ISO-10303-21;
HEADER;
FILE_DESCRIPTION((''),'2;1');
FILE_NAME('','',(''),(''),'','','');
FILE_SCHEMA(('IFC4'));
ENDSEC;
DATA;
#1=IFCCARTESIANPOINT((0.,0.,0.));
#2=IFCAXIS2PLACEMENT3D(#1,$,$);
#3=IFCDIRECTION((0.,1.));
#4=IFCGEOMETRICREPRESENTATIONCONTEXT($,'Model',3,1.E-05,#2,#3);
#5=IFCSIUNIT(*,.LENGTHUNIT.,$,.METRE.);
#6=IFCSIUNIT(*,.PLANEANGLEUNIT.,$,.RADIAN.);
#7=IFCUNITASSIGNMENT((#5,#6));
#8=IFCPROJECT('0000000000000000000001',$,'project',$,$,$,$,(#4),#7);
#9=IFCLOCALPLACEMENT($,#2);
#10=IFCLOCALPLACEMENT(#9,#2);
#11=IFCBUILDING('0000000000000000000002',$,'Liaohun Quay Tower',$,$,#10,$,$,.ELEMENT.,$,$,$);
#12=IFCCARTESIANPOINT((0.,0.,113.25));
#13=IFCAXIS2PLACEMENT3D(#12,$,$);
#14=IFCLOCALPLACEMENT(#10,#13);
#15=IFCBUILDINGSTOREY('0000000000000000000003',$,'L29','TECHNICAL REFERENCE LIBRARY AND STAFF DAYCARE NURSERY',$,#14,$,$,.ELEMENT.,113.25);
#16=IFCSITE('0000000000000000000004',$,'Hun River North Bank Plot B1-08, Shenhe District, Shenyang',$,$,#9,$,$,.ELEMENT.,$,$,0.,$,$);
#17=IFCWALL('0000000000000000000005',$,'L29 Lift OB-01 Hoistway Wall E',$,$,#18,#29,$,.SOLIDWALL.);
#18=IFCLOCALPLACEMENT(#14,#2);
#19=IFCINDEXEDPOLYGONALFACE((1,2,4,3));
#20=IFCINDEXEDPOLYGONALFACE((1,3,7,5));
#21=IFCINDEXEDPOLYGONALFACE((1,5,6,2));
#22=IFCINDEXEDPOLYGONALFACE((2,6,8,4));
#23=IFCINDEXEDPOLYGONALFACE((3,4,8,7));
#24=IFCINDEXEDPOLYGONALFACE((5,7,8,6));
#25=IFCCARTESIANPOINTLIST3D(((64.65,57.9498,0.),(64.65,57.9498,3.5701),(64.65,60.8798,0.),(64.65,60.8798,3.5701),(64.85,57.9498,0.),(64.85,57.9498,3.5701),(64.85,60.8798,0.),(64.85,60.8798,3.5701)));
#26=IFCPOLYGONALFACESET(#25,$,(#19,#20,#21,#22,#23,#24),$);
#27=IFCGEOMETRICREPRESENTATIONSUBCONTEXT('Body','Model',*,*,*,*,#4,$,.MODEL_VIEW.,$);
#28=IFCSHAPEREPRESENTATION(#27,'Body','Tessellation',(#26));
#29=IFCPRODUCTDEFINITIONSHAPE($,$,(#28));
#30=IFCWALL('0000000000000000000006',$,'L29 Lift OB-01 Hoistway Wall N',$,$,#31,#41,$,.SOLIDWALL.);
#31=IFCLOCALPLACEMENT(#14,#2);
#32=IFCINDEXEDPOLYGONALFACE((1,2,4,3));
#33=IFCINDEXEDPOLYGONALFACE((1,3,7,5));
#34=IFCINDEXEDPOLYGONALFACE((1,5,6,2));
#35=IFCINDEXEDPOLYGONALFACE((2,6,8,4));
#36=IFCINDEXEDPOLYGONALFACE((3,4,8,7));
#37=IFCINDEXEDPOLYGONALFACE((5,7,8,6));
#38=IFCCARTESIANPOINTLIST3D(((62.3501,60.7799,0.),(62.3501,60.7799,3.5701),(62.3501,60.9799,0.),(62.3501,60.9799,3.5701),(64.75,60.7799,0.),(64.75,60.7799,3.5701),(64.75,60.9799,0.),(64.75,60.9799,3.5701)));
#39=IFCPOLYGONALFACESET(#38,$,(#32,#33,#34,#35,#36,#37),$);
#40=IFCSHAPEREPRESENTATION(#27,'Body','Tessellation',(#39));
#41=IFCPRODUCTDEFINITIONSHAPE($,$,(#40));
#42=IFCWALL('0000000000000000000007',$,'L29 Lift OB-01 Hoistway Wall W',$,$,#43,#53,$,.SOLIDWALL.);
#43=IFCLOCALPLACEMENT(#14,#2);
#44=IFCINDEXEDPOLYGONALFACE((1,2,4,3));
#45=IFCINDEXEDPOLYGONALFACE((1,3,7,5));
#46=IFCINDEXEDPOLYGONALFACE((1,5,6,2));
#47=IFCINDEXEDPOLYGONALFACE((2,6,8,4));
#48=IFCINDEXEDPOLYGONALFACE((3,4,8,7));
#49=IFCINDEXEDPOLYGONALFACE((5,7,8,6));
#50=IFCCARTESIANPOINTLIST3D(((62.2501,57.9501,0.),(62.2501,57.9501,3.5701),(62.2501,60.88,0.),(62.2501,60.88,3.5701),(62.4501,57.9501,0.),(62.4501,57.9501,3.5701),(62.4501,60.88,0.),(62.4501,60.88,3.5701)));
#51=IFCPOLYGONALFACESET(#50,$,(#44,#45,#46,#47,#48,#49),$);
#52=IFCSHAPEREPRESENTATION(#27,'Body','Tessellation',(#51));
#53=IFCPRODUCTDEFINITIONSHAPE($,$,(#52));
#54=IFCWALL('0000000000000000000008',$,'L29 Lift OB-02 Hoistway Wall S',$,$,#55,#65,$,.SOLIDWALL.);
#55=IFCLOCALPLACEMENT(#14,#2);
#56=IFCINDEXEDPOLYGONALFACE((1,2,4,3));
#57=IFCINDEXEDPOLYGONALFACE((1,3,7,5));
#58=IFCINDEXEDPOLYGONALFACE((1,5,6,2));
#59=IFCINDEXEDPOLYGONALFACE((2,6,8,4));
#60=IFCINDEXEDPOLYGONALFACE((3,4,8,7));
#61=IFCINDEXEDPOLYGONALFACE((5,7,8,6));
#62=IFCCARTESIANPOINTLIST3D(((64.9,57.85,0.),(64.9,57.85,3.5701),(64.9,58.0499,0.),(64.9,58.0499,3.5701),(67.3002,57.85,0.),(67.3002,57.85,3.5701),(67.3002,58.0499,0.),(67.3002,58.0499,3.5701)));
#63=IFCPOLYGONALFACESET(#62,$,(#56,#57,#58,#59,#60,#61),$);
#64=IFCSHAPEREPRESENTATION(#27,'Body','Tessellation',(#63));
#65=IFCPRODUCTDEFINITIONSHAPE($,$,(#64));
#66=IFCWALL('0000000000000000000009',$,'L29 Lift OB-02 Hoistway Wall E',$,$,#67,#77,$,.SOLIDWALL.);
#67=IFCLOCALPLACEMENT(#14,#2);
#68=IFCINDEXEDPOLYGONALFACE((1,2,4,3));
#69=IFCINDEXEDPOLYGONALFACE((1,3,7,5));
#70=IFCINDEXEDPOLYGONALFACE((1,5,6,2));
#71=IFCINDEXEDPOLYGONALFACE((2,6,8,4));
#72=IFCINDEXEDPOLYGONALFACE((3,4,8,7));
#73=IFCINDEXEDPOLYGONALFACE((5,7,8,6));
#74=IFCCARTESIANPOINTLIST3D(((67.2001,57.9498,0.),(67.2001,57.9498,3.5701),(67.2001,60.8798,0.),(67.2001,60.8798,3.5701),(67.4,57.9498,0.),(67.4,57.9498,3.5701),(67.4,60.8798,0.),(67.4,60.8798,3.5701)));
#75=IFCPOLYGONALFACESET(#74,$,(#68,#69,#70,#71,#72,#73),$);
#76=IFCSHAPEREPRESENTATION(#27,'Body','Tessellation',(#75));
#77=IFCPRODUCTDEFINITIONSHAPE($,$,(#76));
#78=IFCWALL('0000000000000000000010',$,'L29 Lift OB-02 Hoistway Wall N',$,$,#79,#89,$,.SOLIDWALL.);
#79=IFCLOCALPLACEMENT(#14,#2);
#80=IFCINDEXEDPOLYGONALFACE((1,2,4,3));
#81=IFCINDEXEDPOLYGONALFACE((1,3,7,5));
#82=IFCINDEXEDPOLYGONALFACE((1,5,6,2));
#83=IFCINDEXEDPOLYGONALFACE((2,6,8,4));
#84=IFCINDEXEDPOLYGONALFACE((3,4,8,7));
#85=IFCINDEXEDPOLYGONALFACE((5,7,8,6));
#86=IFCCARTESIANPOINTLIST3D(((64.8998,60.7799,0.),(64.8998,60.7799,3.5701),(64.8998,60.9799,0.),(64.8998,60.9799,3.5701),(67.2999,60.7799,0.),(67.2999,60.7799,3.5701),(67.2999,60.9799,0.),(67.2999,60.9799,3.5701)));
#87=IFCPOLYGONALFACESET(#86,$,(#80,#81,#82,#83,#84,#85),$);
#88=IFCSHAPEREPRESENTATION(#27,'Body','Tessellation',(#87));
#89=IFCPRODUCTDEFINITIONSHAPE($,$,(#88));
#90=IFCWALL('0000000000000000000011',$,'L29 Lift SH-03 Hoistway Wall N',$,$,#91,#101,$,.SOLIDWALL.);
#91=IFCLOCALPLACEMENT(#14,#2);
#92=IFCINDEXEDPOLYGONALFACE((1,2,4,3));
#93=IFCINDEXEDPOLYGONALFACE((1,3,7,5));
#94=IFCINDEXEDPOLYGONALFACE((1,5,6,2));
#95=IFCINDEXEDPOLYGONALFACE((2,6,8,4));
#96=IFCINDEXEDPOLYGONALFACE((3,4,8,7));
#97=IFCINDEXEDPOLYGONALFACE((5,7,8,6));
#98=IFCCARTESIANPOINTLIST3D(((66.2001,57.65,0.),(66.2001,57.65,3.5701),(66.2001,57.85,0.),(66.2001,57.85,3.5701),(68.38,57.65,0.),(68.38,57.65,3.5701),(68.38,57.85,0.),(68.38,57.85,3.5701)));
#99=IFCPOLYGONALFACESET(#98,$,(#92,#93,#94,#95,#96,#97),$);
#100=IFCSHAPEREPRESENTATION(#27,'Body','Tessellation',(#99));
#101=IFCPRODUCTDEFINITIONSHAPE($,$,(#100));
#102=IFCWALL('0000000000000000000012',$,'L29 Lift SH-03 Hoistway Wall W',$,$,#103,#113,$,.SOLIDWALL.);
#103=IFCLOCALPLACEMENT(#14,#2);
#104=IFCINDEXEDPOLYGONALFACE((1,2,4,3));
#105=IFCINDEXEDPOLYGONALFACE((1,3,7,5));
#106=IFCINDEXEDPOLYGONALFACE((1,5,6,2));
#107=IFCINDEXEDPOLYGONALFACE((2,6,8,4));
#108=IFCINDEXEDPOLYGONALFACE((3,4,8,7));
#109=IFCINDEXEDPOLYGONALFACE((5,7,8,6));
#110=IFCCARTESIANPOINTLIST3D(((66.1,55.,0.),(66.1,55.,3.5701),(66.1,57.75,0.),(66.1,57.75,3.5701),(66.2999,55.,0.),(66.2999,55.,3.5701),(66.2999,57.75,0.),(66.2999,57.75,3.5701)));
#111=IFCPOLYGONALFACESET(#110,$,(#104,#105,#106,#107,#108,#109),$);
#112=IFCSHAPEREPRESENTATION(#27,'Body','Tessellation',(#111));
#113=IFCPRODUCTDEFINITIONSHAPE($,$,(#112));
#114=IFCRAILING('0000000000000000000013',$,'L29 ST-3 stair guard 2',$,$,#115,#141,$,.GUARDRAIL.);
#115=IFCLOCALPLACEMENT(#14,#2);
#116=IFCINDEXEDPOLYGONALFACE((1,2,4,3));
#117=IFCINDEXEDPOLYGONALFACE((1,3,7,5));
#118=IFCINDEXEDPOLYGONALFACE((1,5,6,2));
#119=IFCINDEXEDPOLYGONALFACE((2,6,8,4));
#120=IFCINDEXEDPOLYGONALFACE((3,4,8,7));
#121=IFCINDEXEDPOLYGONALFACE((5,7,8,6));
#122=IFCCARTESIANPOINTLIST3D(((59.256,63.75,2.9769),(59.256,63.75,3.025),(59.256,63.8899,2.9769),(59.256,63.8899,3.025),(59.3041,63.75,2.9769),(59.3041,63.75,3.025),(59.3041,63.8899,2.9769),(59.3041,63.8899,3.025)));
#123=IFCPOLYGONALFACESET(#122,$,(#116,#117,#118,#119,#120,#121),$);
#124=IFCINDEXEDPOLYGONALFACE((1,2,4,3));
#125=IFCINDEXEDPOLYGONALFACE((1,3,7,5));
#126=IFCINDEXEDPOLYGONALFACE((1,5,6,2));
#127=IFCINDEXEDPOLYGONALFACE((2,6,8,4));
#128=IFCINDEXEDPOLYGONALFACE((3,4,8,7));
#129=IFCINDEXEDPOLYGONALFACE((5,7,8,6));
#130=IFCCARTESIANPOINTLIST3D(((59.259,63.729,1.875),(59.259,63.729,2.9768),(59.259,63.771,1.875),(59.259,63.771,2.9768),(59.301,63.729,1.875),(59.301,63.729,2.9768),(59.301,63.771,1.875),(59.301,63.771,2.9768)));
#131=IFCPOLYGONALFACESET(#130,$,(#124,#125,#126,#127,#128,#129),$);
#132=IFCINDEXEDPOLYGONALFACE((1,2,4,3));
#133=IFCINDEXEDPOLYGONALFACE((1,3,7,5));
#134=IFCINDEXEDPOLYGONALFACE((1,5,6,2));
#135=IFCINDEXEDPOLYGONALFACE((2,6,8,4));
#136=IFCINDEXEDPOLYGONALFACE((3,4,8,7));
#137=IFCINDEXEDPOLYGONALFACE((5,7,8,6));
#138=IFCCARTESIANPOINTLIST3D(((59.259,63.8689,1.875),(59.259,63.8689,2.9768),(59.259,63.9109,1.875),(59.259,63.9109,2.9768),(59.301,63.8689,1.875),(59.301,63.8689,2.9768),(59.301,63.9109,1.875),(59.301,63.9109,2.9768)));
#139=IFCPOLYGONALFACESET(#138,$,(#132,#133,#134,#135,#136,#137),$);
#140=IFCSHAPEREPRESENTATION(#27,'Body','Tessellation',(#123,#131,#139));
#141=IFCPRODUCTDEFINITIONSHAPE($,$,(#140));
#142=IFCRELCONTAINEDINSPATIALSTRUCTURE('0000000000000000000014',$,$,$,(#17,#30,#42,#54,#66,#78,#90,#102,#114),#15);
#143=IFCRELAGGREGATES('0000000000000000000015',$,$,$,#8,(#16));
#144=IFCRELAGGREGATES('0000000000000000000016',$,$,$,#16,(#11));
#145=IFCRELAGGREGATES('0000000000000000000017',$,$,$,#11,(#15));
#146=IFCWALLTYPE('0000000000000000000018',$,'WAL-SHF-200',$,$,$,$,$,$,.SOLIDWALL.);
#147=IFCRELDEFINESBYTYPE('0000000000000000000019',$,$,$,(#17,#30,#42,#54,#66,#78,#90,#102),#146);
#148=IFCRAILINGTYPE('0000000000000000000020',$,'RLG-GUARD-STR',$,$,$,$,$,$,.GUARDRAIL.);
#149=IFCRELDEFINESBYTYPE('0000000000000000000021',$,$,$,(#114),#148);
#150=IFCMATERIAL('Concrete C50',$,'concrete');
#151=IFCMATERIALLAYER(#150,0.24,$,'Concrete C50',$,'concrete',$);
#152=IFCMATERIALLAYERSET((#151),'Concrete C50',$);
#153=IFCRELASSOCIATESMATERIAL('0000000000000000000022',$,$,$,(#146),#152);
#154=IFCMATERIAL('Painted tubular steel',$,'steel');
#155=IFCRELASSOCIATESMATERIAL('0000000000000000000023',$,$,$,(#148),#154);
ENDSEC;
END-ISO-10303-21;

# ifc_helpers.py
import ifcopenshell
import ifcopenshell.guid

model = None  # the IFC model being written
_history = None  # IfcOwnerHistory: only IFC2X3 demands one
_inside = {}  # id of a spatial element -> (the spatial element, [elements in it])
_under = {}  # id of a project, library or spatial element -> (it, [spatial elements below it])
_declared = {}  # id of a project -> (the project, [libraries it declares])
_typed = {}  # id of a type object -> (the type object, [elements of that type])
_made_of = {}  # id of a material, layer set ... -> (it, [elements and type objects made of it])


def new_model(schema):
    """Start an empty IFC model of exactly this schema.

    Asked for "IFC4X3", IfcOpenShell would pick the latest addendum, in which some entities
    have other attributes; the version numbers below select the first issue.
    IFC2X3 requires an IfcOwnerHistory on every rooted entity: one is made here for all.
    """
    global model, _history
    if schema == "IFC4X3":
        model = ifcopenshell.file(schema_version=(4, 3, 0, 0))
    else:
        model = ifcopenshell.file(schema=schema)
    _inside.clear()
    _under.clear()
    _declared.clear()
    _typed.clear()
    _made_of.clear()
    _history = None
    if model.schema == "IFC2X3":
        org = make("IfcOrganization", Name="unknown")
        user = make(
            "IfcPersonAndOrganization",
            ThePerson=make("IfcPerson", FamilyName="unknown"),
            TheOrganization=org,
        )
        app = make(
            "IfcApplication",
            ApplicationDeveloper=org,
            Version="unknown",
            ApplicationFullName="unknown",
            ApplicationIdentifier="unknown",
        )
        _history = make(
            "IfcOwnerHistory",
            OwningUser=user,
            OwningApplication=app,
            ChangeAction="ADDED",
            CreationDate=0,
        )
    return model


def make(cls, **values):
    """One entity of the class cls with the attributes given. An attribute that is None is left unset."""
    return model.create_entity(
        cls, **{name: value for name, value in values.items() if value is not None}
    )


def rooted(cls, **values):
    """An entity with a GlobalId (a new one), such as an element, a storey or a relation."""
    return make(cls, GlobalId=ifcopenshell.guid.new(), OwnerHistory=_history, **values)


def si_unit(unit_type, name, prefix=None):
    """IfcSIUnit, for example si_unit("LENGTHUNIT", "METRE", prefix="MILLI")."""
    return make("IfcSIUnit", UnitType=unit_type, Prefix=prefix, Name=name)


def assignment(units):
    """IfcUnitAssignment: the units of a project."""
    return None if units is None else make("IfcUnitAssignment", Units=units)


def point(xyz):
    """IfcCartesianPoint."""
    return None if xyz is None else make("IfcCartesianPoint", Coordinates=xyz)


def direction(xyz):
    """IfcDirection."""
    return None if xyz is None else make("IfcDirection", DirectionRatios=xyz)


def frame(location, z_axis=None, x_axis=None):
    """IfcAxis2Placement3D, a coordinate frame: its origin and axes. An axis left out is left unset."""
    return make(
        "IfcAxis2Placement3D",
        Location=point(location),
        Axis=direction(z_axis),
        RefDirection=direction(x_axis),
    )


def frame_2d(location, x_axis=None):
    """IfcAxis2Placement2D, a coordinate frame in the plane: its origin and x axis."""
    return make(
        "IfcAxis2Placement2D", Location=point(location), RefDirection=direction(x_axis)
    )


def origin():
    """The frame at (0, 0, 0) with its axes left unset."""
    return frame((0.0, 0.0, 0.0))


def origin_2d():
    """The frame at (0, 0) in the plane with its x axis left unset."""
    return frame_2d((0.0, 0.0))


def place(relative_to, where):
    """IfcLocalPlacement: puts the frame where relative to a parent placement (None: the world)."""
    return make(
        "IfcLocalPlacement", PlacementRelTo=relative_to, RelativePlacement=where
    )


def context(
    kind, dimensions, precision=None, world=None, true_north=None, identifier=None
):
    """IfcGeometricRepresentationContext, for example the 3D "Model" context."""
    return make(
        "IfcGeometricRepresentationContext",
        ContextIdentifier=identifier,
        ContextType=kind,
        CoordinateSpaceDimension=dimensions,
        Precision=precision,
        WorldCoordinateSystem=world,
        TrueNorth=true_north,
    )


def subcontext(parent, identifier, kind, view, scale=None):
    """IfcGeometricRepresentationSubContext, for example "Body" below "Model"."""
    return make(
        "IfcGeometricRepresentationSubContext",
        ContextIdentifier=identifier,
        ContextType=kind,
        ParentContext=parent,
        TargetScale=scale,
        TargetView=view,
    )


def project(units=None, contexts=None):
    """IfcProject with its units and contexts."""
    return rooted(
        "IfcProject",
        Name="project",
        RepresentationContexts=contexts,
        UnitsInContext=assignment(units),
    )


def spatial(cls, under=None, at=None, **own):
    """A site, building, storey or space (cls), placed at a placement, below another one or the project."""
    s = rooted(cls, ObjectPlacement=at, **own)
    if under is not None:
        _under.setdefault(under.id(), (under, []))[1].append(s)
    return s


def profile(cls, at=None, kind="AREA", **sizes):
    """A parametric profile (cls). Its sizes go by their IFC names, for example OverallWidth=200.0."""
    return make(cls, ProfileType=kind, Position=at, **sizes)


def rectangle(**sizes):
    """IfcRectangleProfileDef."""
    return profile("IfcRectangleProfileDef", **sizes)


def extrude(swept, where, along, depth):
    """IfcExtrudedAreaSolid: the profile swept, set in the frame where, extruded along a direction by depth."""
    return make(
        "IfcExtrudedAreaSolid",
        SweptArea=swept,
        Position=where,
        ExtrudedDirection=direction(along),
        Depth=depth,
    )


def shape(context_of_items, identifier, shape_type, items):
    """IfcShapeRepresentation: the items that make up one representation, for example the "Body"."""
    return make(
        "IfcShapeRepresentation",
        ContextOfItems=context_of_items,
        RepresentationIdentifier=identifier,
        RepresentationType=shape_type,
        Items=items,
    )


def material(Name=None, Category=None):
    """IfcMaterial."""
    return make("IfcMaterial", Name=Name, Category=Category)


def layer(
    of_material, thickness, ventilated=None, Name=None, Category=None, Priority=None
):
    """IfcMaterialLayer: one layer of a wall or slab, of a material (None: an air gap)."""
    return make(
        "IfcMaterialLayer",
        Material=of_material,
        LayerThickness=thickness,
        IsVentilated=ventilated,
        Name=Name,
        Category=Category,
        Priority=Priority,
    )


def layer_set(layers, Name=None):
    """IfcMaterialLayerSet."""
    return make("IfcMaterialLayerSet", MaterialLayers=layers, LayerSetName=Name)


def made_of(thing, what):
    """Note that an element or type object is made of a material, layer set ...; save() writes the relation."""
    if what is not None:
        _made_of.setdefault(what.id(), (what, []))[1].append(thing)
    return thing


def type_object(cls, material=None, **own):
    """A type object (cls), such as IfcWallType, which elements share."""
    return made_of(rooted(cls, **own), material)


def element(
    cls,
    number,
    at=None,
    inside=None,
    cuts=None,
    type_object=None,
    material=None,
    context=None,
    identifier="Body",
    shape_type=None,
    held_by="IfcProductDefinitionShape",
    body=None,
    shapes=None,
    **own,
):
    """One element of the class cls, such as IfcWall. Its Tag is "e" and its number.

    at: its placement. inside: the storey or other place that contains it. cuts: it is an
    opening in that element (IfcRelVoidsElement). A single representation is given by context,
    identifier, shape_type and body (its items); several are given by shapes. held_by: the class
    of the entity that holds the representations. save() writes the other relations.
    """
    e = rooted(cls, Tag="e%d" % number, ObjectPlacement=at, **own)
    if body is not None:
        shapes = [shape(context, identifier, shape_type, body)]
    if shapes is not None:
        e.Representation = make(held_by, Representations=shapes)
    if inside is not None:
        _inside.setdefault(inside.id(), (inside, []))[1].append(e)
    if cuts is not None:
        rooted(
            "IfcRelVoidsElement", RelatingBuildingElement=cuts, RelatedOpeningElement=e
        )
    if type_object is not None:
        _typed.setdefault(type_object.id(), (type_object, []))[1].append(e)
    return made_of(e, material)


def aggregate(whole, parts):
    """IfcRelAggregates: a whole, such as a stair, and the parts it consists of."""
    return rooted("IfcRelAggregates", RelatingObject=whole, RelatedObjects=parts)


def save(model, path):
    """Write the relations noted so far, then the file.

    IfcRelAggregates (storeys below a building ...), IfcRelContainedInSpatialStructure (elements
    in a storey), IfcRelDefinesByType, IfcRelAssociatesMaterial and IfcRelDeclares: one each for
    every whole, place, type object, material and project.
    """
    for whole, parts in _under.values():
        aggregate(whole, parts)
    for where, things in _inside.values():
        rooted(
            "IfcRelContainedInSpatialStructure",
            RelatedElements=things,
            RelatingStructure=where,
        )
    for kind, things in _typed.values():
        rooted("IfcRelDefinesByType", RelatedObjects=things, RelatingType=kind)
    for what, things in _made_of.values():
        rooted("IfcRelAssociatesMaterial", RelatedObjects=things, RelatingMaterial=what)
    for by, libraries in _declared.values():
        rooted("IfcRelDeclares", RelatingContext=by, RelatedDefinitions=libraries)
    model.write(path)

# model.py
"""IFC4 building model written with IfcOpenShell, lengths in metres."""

from ifc_helpers import new_model, si_unit, direction, frame, frame_2d, origin, origin_2d, place, context, subcontext, project, spatial, rectangle, extrude, material, layer, layer_set, type_object, element, save


model = new_model("IFC4")

# Units and contexts
model_context = context("Model", 3, precision=1e-05, world=origin(), true_north=direction((0.0, 1.0)))
body_context = subcontext(model_context, "Body", "Model", "MODEL_VIEW")
ifc_project = project(units=[si_unit("LENGTHUNIT", "METRE"), si_unit("PLANEANGLEUNIT", "RADIAN")], contexts=[model_context])

# Site, building, storey
site_placement = place(None, origin())
site = spatial("IfcSite", under=ifc_project, at=site_placement, Name="Hun River North Bank Plot B1-08, Shenhe District, Shenyang", CompositionType="ELEMENT", RefElevation=0.0)
building_placement = place(site_placement, origin())
building = spatial("IfcBuilding", under=site, at=building_placement, Name="Liaohun Quay Tower", CompositionType="ELEMENT")
storey_placement = place(building_placement, frame((0.0, 0.0, 113.25)))
storey = spatial("IfcBuildingStorey", under=building, at=storey_placement, Name="L29", Description="TECHNICAL REFERENCE LIBRARY AND STAFF DAYCARE NURSERY", CompositionType="ELEMENT", Elevation=113.25)

# Shared definitions
ifc_material_1 = material(Name="Concrete C50", Category="concrete")
ifc_layer_1 = layer(ifc_material_1, 0.24, Name="Concrete C50", Category="concrete")
ifc_layer_set_1 = layer_set([ifc_layer_1], Name="Concrete C50")
wall_type_1 = type_object("IfcWallType", Name="WAL-SHF-200", PredefinedType="SOLIDWALL", material=ifc_layer_set_1)

# Walls
wall_1_placement = place(storey_placement, frame((64.75, 57.95, 0.0), z_axis=(0.0, 0.0, 1.0), x_axis=(0.0, 1.0, 0.0)))
element("IfcWall", 1, at=wall_1_placement, inside=storey, type_object=wall_type_1, Name="L29 Lift OB-01 Hoistway Wall E", PredefinedType="SOLIDWALL", context=body_context, shape_type="SweptSolid", body=[
    extrude(rectangle(XDim=2.9299, YDim=0.2, at=frame_2d((1.4648, 0.0))), origin(), (0.0, 0.0, 1.0), 3.5701),
])
wall_2_placement = place(storey_placement, frame((64.75, 60.8799, 0.0), z_axis=(0.0, 0.0, 1.0), x_axis=(-1.0, 0.0, 0.0)))
element("IfcWall", 2, at=wall_2_placement, inside=storey, type_object=wall_type_1, Name="L29 Lift OB-01 Hoistway Wall N", PredefinedType="SOLIDWALL", context=body_context, shape_type="SweptSolid", body=[
    extrude(rectangle(XDim=2.3999, YDim=0.2, at=frame_2d((1.2, 0.0))), origin(), (0.0, 0.0, 1.0), 3.5701),
])
wall_3_placement = place(storey_placement, frame((62.3501, 60.8799, 0.0), z_axis=(0.0, 0.0, 1.0), x_axis=(0.0, -1.0, 0.0)))
element("IfcWall", 3, at=wall_3_placement, inside=storey, type_object=wall_type_1, Name="L29 Lift OB-01 Hoistway Wall W", PredefinedType="SOLIDWALL", context=body_context, shape_type="SweptSolid", body=[
    extrude(rectangle(XDim=2.9299, YDim=0.2, at=frame_2d((1.4648, 0.0))), origin(), (0.0, 0.0, 1.0), 3.5701),
])
wall_4_placement = place(storey_placement, frame((64.8999, 57.95, 0.0), z_axis=(0.0, 0.0, 1.0), x_axis=(1.0, 0.0, 0.0)))
element("IfcWall", 4, at=wall_4_placement, inside=storey, type_object=wall_type_1, Name="L29 Lift OB-02 Hoistway Wall S", PredefinedType="SOLIDWALL", context=body_context, shape_type="SweptSolid", body=[
    extrude(rectangle(XDim=2.4001, YDim=0.2, at=frame_2d((1.2002, 0.0))), origin(), (0.0, 0.0, 1.0), 3.5701),
])
wall_5_placement = place(storey_placement, frame((67.3, 57.95, 0.0), z_axis=(0.0, 0.0, 1.0), x_axis=(0.0, 1.0, 0.0)))
element("IfcWall", 5, at=wall_5_placement, inside=storey, type_object=wall_type_1, Name="L29 Lift OB-02 Hoistway Wall E", PredefinedType="SOLIDWALL", context=body_context, shape_type="SweptSolid", body=[
    extrude(rectangle(XDim=2.9299, YDim=0.2, at=frame_2d((1.4648, 0.0))), origin(), (0.0, 0.0, 1.0), 3.5701),
])
wall_6_placement = place(storey_placement, frame((67.3, 60.8799, 0.0), z_axis=(0.0, 0.0, 1.0), x_axis=(-1.0, 0.0, 0.0)))
element("IfcWall", 6, at=wall_6_placement, inside=storey, type_object=wall_type_1, Name="L29 Lift OB-02 Hoistway Wall N", PredefinedType="SOLIDWALL", context=body_context, shape_type="SweptSolid", body=[
    extrude(rectangle(XDim=2.4001, YDim=0.2, at=frame_2d((1.2002, 0.0))), origin(), (0.0, 0.0, 1.0), 3.5701),
])
wall_7_placement = place(storey_placement, frame((68.3799, 57.75, 0.0), z_axis=(0.0, 0.0, 1.0), x_axis=(-1.0, 0.0, 0.0)))
element("IfcWall", 7, at=wall_7_placement, inside=storey, type_object=wall_type_1, Name="L29 Lift SH-03 Hoistway Wall N", PredefinedType="SOLIDWALL", context=body_context, shape_type="SweptSolid", body=[
    extrude(rectangle(XDim=2.1799, YDim=0.2, at=frame_2d((1.0898, 0.0))), origin(), (0.0, 0.0, 1.0), 3.5701),
])
wall_8_placement = place(storey_placement, frame((66.2, 57.75, 0.0), z_axis=(0.0, 0.0, 1.0), x_axis=(0.0, -1.0, 0.0)))
element("IfcWall", 8, at=wall_8_placement, inside=storey, type_object=wall_type_1, Name="L29 Lift SH-03 Hoistway Wall W", PredefinedType="SOLIDWALL", context=body_context, shape_type="SweptSolid", body=[
    extrude(rectangle(XDim=2.75, YDim=0.2, at=frame_2d((1.375, 0.0))), origin(), (0.0, 0.0, 1.0), 3.5701),
])

# Railing
ifc_material_2 = material(Name="Painted tubular steel", Category="steel")
railing_type = type_object("IfcRailingType", Name="RLG-GUARD-STR", PredefinedType="GUARDRAIL", material=ifc_material_2)
railing_placement = place(storey_placement, frame((59.28, 63.75, 1.875)))
element("IfcRailing", 9, at=railing_placement, inside=storey, type_object=railing_type, Name="L29 ST-3 stair guard 2", PredefinedType="GUARDRAIL", context=body_context, shape_type="SweptSolid", body=[
    extrude(rectangle(XDim=0.0481, YDim=0.0481, at=origin_2d()), frame((0.0, 0.0, 1.126), z_axis=(0.0, 1.0, 0.0), x_axis=(-1.0, 0.0, 0.0)), (0.0, 0.0, 1.0), 0.1399),
    extrude(rectangle(XDim=0.042, YDim=0.042, at=origin_2d()), origin(), (0.0, 0.0, 1.0), 1.1018),
    extrude(rectangle(XDim=0.042, YDim=0.042, at=origin_2d()), frame((0.0, 0.1399, 0.0)), (0.0, 0.0, 1.0), 1.1018),
])

save(model, "model.ifc")
